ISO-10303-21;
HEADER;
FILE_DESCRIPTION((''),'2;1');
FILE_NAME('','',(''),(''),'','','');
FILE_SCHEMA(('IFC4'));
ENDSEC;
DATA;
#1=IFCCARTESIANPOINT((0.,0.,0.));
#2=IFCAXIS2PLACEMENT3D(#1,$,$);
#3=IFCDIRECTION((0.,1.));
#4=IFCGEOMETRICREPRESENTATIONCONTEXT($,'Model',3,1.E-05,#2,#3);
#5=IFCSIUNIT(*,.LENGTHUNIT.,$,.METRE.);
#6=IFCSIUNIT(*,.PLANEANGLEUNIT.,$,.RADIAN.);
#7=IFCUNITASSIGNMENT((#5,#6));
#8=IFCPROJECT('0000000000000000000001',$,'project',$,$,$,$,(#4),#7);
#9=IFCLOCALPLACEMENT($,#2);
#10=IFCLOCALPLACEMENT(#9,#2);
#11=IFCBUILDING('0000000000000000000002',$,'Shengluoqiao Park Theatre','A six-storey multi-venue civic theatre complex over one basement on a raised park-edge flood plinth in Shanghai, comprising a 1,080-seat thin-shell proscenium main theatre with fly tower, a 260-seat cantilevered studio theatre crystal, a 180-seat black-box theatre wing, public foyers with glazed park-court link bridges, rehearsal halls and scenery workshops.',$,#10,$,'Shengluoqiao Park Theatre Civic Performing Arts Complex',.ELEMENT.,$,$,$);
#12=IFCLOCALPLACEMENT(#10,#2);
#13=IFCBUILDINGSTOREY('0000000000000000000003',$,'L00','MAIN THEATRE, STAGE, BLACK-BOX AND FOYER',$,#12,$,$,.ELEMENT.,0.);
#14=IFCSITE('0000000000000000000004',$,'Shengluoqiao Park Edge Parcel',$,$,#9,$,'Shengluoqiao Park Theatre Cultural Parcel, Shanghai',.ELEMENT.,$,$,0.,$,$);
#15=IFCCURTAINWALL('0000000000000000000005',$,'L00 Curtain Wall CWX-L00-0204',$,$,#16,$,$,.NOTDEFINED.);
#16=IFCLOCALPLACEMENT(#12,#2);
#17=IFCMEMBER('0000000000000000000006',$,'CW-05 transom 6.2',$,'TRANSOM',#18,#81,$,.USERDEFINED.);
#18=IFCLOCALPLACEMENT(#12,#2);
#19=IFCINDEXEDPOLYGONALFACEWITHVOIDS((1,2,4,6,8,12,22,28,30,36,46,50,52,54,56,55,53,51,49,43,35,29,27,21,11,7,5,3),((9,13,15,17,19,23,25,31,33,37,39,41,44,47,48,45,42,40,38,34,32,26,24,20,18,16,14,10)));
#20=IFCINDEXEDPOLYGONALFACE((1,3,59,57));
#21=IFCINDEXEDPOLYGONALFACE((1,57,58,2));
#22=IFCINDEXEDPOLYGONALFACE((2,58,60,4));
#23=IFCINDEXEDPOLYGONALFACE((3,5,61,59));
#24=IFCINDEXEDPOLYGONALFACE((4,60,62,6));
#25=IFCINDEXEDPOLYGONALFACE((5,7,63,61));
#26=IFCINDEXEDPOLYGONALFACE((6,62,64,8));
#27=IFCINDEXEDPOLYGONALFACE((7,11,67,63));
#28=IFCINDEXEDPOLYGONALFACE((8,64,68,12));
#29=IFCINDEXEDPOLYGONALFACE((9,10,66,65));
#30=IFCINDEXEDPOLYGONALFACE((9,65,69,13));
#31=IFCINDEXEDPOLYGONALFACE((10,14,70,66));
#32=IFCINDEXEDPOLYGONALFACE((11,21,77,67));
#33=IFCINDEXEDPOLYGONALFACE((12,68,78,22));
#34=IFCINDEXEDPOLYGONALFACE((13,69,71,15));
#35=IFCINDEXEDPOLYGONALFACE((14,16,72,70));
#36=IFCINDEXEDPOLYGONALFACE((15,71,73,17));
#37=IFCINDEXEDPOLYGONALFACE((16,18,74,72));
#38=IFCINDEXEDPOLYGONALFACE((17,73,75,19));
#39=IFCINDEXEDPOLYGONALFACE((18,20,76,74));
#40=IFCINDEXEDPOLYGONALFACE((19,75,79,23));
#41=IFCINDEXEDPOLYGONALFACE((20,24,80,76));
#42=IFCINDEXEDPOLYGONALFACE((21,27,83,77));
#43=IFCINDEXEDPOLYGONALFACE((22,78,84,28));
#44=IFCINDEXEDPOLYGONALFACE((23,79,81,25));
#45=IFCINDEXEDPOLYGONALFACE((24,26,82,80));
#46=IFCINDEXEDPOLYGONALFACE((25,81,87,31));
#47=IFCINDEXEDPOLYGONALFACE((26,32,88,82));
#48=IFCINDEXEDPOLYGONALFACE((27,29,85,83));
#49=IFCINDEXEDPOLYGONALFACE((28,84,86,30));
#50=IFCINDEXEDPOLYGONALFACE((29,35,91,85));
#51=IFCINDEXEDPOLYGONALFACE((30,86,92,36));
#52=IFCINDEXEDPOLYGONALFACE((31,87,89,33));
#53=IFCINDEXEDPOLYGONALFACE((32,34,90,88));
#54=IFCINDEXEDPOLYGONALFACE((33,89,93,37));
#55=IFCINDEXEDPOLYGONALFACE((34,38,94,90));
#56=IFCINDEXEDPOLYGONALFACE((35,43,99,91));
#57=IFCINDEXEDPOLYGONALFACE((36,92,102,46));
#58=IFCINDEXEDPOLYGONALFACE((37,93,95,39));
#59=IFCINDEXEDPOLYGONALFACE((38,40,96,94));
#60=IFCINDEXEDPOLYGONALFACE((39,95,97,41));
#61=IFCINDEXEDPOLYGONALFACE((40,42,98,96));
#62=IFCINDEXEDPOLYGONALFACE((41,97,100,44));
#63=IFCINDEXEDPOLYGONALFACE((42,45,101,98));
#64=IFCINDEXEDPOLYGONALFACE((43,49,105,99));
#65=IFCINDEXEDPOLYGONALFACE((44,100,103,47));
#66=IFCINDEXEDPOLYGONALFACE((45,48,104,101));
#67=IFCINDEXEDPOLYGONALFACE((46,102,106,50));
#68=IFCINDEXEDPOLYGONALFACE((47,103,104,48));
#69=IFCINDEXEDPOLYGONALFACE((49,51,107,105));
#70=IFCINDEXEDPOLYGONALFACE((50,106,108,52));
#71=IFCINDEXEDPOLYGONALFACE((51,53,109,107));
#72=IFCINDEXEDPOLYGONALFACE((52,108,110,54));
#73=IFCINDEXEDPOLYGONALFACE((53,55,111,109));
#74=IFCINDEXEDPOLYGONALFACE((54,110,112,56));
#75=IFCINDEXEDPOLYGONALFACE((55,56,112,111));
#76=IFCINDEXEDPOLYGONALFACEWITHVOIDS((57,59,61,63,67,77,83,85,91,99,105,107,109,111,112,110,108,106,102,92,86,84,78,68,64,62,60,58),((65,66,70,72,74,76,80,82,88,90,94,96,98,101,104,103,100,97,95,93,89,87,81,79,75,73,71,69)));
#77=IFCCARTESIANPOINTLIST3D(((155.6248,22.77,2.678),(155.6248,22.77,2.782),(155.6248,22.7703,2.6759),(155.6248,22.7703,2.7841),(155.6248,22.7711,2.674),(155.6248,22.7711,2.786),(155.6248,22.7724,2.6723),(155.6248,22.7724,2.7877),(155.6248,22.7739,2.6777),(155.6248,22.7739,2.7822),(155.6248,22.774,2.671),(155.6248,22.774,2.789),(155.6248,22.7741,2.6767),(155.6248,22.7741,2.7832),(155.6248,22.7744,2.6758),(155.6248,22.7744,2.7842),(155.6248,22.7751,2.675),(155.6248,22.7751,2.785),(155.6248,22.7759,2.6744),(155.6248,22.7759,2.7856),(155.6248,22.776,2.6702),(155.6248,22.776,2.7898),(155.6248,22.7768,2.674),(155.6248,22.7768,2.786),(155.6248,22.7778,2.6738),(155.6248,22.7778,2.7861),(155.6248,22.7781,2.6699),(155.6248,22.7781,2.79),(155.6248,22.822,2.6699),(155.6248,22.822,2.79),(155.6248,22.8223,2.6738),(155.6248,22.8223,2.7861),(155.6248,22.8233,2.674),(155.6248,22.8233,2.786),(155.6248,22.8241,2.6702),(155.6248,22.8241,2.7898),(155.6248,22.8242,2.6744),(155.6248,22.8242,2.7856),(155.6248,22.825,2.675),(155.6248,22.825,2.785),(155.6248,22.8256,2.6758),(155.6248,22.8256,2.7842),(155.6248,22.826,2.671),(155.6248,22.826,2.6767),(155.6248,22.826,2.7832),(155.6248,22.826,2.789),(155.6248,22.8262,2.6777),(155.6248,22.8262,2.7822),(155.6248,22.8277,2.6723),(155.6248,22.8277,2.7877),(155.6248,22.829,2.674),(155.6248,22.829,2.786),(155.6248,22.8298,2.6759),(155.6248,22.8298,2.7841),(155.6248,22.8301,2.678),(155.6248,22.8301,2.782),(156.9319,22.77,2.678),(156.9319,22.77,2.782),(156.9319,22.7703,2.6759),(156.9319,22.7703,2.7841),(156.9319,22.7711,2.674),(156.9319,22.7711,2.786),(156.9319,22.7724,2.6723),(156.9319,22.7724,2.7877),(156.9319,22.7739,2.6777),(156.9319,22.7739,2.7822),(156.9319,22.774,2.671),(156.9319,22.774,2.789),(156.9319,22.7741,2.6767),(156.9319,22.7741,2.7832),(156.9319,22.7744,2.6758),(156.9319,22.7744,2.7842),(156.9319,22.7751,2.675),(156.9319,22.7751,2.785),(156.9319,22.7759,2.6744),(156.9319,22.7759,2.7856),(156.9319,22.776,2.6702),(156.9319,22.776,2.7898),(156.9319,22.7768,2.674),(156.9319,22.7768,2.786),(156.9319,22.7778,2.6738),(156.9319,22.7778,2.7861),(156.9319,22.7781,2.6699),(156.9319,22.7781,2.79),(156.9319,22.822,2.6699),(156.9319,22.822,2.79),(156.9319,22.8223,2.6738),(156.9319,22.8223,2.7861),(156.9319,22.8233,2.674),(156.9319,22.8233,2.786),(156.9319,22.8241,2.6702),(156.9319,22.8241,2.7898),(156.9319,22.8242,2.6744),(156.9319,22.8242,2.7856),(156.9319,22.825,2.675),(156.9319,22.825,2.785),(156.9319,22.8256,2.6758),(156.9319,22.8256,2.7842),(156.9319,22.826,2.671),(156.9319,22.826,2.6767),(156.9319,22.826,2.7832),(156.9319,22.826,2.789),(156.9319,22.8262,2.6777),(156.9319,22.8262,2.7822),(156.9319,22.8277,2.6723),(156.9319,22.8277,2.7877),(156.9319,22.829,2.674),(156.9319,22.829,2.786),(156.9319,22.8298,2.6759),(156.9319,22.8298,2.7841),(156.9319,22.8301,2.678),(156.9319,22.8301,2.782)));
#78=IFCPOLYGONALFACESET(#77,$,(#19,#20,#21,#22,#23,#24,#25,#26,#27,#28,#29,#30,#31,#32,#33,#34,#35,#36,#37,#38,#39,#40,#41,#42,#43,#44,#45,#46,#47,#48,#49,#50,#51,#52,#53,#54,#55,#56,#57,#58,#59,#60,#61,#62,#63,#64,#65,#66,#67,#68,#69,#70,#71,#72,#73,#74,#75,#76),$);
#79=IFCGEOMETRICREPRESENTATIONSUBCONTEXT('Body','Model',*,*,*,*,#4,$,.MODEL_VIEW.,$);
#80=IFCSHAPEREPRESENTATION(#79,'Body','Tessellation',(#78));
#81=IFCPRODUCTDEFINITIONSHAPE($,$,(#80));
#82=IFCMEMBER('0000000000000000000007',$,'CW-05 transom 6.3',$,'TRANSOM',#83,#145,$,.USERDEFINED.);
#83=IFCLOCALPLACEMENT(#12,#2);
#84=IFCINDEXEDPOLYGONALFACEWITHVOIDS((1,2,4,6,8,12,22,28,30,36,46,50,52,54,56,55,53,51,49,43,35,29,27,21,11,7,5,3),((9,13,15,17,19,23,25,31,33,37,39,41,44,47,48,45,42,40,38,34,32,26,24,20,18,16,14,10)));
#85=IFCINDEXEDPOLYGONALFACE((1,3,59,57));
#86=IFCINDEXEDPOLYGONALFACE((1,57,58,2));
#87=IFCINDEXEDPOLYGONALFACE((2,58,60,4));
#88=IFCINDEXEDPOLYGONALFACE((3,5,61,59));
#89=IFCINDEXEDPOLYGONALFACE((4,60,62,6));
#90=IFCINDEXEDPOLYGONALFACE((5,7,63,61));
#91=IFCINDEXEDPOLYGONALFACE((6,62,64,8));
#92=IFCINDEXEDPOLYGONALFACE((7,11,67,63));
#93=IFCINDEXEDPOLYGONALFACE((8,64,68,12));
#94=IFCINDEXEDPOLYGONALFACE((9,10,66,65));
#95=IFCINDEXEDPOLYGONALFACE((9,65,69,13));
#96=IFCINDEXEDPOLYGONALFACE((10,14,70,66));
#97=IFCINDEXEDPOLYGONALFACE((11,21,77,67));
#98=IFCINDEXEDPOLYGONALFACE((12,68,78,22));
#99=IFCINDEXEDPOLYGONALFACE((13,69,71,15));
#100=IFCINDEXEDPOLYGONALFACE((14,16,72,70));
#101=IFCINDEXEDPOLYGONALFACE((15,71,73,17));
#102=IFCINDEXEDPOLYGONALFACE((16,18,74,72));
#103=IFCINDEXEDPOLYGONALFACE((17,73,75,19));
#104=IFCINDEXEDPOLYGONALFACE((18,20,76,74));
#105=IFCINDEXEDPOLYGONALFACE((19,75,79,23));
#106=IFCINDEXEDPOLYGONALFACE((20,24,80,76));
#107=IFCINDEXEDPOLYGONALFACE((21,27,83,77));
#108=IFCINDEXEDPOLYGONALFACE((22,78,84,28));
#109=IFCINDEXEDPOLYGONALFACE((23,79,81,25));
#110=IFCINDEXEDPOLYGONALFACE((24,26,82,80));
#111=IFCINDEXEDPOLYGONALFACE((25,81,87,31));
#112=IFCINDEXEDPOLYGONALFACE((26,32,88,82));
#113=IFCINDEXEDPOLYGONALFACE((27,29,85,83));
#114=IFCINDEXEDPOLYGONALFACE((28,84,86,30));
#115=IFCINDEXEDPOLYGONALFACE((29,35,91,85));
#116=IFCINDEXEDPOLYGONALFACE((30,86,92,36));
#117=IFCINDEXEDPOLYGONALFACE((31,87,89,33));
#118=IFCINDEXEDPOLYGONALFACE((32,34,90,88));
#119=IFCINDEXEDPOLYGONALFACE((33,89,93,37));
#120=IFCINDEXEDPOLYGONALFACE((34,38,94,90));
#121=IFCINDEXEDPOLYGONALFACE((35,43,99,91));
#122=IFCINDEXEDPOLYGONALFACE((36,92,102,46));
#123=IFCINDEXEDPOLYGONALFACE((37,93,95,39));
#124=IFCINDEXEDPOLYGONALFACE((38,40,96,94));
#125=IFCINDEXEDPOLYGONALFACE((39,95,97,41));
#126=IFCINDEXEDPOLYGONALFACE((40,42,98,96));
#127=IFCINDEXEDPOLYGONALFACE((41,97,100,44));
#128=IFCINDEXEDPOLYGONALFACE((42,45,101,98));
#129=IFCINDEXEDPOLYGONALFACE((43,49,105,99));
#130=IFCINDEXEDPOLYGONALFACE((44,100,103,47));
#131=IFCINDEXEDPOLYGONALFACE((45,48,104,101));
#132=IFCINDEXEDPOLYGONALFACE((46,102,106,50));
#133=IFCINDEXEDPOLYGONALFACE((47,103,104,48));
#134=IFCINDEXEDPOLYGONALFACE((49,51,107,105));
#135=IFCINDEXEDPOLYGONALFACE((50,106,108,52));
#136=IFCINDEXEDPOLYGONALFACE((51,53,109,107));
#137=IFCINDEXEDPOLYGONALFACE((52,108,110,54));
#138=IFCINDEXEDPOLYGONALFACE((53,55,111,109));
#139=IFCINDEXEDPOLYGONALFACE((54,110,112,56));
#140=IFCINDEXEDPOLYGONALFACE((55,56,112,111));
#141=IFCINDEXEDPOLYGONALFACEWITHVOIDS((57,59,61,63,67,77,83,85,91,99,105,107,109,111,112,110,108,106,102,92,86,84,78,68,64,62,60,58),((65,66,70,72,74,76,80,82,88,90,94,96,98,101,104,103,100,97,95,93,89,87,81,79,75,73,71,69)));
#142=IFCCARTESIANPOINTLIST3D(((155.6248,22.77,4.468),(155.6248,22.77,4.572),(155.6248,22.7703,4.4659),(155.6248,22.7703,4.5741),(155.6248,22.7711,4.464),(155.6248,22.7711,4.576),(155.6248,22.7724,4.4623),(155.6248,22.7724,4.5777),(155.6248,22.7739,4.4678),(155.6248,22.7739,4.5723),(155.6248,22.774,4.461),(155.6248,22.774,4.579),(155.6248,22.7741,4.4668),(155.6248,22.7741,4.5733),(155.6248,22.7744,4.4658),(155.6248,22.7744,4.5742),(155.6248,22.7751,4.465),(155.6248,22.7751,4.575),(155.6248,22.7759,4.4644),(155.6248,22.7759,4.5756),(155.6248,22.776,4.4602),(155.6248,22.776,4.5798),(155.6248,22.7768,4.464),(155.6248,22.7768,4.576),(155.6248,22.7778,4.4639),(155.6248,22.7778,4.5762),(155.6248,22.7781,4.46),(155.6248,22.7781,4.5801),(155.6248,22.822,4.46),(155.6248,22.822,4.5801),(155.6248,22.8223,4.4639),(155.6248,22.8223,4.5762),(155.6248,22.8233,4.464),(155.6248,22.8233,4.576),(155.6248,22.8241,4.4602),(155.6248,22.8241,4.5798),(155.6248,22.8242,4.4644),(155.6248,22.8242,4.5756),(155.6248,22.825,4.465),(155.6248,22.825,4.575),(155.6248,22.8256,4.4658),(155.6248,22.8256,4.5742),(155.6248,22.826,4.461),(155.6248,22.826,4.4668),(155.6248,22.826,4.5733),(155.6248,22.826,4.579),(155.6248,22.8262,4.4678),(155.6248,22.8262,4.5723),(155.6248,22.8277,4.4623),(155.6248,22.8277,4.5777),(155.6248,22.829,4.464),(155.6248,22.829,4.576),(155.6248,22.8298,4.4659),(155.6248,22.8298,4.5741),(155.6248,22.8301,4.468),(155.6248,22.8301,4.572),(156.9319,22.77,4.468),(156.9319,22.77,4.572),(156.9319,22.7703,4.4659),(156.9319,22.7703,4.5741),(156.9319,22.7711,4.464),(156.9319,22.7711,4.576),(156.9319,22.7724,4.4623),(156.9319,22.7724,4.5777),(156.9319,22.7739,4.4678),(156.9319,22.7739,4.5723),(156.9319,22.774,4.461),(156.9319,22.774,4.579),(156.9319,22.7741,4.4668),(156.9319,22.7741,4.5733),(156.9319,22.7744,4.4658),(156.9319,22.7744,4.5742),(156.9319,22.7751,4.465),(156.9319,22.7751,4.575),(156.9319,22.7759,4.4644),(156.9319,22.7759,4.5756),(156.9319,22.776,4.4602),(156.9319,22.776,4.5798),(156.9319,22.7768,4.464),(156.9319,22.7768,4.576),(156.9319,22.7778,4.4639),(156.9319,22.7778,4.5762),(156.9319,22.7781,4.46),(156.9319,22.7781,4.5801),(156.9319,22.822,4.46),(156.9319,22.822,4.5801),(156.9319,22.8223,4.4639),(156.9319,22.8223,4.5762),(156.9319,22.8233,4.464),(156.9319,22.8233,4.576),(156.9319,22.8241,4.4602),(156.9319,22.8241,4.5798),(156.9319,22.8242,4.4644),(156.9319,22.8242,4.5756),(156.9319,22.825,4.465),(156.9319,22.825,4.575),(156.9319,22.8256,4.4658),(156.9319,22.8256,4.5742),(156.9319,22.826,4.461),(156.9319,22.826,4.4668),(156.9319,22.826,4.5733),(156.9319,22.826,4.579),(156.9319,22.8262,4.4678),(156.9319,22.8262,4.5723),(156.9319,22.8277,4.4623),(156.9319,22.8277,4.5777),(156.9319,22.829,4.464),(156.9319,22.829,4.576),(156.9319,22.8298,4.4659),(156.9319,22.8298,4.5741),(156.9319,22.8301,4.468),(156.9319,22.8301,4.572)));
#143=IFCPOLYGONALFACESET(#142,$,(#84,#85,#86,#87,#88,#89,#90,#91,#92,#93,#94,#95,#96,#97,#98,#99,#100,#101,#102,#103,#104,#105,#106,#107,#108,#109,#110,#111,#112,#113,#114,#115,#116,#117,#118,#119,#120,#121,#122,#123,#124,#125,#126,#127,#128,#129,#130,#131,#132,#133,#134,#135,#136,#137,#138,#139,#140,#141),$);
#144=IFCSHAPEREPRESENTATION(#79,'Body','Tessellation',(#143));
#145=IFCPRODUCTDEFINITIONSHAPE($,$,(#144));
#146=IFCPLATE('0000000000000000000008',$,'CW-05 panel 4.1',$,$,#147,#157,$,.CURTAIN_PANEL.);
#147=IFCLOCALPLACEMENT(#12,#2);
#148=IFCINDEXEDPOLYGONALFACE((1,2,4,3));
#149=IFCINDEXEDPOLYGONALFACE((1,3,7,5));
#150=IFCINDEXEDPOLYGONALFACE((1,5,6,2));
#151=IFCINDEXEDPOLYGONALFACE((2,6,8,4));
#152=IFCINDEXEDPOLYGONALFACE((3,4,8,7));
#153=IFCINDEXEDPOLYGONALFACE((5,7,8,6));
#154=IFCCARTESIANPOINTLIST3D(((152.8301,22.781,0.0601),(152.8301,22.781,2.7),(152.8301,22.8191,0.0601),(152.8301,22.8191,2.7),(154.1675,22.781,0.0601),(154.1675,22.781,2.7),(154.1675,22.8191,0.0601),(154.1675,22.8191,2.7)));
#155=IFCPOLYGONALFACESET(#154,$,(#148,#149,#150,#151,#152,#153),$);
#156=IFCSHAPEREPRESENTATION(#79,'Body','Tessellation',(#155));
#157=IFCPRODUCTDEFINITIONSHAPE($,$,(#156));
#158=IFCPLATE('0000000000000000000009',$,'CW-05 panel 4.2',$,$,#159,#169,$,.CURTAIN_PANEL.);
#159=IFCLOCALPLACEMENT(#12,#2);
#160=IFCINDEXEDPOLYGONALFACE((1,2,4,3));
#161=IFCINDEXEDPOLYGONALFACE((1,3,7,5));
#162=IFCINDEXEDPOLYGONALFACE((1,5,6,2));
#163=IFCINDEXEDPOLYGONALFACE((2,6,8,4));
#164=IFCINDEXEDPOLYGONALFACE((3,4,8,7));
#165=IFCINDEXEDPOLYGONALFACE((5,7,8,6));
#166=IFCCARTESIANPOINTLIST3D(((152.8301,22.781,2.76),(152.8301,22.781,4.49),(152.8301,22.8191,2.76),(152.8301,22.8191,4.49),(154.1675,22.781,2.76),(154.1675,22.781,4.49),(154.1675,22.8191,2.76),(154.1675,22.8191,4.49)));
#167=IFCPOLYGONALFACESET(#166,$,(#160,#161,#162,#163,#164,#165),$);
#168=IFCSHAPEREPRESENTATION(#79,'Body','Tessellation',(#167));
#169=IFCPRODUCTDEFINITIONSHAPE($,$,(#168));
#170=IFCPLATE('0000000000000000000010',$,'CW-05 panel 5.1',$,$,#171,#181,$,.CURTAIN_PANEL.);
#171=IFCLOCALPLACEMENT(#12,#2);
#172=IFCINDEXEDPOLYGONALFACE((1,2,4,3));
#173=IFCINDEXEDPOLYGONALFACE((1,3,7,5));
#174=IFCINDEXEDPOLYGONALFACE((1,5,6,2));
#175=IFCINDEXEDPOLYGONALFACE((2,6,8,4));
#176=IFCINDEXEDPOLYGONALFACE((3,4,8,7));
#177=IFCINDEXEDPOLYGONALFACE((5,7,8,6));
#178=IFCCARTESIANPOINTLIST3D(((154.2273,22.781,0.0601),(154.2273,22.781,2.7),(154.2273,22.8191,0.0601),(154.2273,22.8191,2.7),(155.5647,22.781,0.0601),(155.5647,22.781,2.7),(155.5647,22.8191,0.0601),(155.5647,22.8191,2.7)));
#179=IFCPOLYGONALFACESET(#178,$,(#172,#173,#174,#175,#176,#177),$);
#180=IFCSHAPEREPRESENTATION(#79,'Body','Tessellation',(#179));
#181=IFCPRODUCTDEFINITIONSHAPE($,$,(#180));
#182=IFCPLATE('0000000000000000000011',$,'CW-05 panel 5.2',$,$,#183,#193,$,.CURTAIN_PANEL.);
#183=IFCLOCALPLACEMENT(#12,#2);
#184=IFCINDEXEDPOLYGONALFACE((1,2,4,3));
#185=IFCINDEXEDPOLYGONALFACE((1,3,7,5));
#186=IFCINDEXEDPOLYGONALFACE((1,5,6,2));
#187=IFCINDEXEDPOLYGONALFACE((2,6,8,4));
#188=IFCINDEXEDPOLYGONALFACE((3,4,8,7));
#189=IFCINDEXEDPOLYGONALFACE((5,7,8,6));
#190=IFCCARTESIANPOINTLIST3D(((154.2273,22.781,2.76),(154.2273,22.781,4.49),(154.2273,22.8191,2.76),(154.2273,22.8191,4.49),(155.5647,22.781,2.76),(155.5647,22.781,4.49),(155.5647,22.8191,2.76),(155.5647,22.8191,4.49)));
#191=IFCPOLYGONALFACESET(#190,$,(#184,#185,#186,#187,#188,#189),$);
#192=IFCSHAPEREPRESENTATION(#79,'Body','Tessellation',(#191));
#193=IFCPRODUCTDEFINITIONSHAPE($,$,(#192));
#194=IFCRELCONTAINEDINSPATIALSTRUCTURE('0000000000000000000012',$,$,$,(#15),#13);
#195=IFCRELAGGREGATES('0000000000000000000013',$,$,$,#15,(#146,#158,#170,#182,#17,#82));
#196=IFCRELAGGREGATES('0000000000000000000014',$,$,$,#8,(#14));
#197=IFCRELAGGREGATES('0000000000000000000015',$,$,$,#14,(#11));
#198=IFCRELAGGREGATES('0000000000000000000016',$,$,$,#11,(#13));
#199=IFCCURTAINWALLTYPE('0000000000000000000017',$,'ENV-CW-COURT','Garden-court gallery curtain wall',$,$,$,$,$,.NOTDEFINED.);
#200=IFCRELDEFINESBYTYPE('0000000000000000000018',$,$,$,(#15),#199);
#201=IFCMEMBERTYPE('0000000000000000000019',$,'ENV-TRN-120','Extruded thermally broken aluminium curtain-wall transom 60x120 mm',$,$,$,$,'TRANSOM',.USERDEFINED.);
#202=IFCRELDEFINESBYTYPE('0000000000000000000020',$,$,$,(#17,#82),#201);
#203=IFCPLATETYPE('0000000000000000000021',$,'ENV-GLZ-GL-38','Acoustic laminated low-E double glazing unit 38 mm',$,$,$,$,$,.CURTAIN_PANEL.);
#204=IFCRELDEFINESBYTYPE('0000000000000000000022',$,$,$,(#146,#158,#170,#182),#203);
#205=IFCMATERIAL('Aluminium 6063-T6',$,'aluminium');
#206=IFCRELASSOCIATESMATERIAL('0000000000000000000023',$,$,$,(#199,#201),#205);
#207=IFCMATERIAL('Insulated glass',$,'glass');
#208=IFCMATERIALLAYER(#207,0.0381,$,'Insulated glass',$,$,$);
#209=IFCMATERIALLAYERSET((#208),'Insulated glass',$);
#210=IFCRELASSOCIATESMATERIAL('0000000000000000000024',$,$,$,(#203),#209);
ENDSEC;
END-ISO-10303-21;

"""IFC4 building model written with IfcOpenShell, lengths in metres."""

from ifc_helpers import new_model, si_unit, direction, frame, origin, origin_2d, place, context, subcontext, project, spatial, rectangle, hollow_rectangle, extrude, material, layer, layer_set, material_profile, profile_set, type_object, element, aggregate, save


model = new_model("IFC4")

# Units and contexts
model_context = context("Model", 3, precision=1e-05, world=origin(), true_north=direction((0.0, 1.0)))
body_context = subcontext(model_context, "Body", "Model", "MODEL_VIEW")
ifc_project = project(units=[si_unit("LENGTHUNIT", "METRE"), si_unit("PLANEANGLEUNIT", "RADIAN")], contexts=[model_context])

# Site, building, storey
site_placement = place(None, origin())
site = spatial("IfcSite", under=ifc_project, at=site_placement, Name="Shengluoqiao Park Edge Parcel", LongName="Shengluoqiao Park Theatre Cultural Parcel, Shanghai", CompositionType="ELEMENT", RefElevation=0.0)
building_placement = place(site_placement, origin())
building = spatial("IfcBuilding", under=site, at=building_placement, Name="Shengluoqiao Park Theatre", Description="A six-storey multi-venue civic theatre complex over one basement on a raised park-edge flood plinth in Shanghai, comprising a 1,080-seat thin-shell proscenium main theatre with fly tower, a 260-seat cantilevered studio theatre crystal, a 180-seat black-box theatre wing, public foyers with glazed park-court link bridges, rehearsal halls and scenery workshops.", LongName="Shengluoqiao Park Theatre Civic Performing Arts Complex", CompositionType="ELEMENT")
storey_placement = place(building_placement, origin())
storey = spatial("IfcBuildingStorey", under=building, at=storey_placement, Name="L00", Description="MAIN THEATRE, STAGE, BLACK-BOX AND FOYER", CompositionType="ELEMENT", Elevation=0.0)

# Curtain wall, members, plates
ifc_material_1 = material(Name="Aluminium 6063-T6", Category="aluminium")
curtain_wall_type = type_object("IfcCurtainWallType", Name="ENV-CW-COURT", Description="Garden-court gallery curtain wall", PredefinedType="NOTDEFINED", material=ifc_material_1)
curtain_wall_placement = place(storey_placement, origin())
curtain_wall = element("IfcCurtainWall", 1, at=curtain_wall_placement, inside=storey, type_object=curtain_wall_type, Name="L00 Curtain Wall CWX-L00-0204", PredefinedType="NOTDEFINED")
ifc_material_profile_1 = material_profile(ifc_material_1, hollow_rectangle(XDim=0.0601, YDim=0.1201, WallThickness=0.0039, InnerFilletRadius=0.0039, OuterFilletRadius=0.0081, at=origin_2d()), Name="ALU TRANSOM 120x60x4")
ifc_profile_set_1 = profile_set([ifc_material_profile_1], Name="Aluminium 6063-T6")
member_type_1 = type_object("IfcMemberType", Name="ENV-TRN-120", Description="Extruded thermally broken aluminium curtain-wall transom 60x120 mm", ElementType="TRANSOM", PredefinedType="USERDEFINED", material=ifc_profile_set_1)
member_1_placement = place(storey_placement, frame((155.6248, 22.8, 2.73), z_axis=(1.0, 0.0, 0.0), x_axis=(0.0, 1.0, 0.0)))
member_1 = element("IfcMember", 2, at=member_1_placement, type_object=member_type_1, Name="CW-05 transom 6.2", ObjectType="TRANSOM", PredefinedType="USERDEFINED", context=body_context, shape_type="SweptSolid", body=[
    extrude(hollow_rectangle(XDim=0.0601, YDim=0.1201, WallThickness=0.0039, InnerFilletRadius=0.0039, OuterFilletRadius=0.0081, at=origin_2d()), origin(), (0.0, 0.0, 1.0), 1.3071),
])
member_2_placement = place(storey_placement, frame((155.6248, 22.8, 4.52), z_axis=(1.0, 0.0, 0.0), x_axis=(0.0, 1.0, 0.0)))
member_2 = element("IfcMember", 3, at=member_2_placement, type_object=member_type_1, Name="CW-05 transom 6.3", ObjectType="TRANSOM", PredefinedType="USERDEFINED", context=body_context, shape_type="SweptSolid", body=[
    extrude(hollow_rectangle(XDim=0.0601, YDim=0.1201, WallThickness=0.0039, InnerFilletRadius=0.0039, OuterFilletRadius=0.0081, at=origin_2d()), origin(), (0.0, 0.0, 1.0), 1.3071),
])
ifc_material_2 = material(Name="Insulated glass", Category="glass")
ifc_layer = layer(ifc_material_2, 0.0381, Name="Insulated glass")
ifc_layer_set = layer_set([ifc_layer], Name="Insulated glass")
plate_type = type_object("IfcPlateType", Name="ENV-GLZ-GL-38", Description="Acoustic laminated low-E double glazing unit 38 mm", PredefinedType="CURTAIN_PANEL", material=ifc_layer_set)
plate_1_placement = place(storey_placement, frame((153.4988, 22.8, 0.0601), z_axis=(0.0, 0.0, 1.0), x_axis=(1.0, 0.0, 0.0)))
plate_1 = element("IfcPlate", 4, at=plate_1_placement, type_object=plate_type, Name="CW-05 panel 4.1", PredefinedType="CURTAIN_PANEL", context=body_context, shape_type="SweptSolid", body=[
    extrude(rectangle(XDim=1.3374, YDim=0.0381, at=origin_2d()), origin(), (0.0, 0.0, 1.0), 2.6399),
])
plate_2_placement = place(storey_placement, frame((153.4988, 22.8, 2.76), z_axis=(0.0, 0.0, 1.0), x_axis=(1.0, 0.0, 0.0)))
plate_2 = element("IfcPlate", 5, at=plate_2_placement, type_object=plate_type, Name="CW-05 panel 4.2", PredefinedType="CURTAIN_PANEL", context=body_context, shape_type="SweptSolid", body=[
    extrude(rectangle(XDim=1.3374, YDim=0.0381, at=origin_2d()), origin(), (0.0, 0.0, 1.0), 1.73),
])
plate_3_placement = place(storey_placement, frame((154.896, 22.8, 0.0601), z_axis=(0.0, 0.0, 1.0), x_axis=(1.0, 0.0, 0.0)))
plate_3 = element("IfcPlate", 6, at=plate_3_placement, type_object=plate_type, Name="CW-05 panel 5.1", PredefinedType="CURTAIN_PANEL", context=body_context, shape_type="SweptSolid", body=[
    extrude(rectangle(XDim=1.3374, YDim=0.0381, at=origin_2d()), origin(), (0.0, 0.0, 1.0), 2.6399),
])
plate_4_placement = place(storey_placement, frame((154.896, 22.8, 2.76), z_axis=(0.0, 0.0, 1.0), x_axis=(1.0, 0.0, 0.0)))
plate_4 = element("IfcPlate", 7, at=plate_4_placement, type_object=plate_type, Name="CW-05 panel 5.2", PredefinedType="CURTAIN_PANEL", context=body_context, shape_type="SweptSolid", body=[
    extrude(rectangle(XDim=1.3374, YDim=0.0381, at=origin_2d()), origin(), (0.0, 0.0, 1.0), 1.73),
])
aggregate(curtain_wall, [plate_1, plate_2, plate_3, plate_4, member_1, member_2])

save(model, "model.ifc")
